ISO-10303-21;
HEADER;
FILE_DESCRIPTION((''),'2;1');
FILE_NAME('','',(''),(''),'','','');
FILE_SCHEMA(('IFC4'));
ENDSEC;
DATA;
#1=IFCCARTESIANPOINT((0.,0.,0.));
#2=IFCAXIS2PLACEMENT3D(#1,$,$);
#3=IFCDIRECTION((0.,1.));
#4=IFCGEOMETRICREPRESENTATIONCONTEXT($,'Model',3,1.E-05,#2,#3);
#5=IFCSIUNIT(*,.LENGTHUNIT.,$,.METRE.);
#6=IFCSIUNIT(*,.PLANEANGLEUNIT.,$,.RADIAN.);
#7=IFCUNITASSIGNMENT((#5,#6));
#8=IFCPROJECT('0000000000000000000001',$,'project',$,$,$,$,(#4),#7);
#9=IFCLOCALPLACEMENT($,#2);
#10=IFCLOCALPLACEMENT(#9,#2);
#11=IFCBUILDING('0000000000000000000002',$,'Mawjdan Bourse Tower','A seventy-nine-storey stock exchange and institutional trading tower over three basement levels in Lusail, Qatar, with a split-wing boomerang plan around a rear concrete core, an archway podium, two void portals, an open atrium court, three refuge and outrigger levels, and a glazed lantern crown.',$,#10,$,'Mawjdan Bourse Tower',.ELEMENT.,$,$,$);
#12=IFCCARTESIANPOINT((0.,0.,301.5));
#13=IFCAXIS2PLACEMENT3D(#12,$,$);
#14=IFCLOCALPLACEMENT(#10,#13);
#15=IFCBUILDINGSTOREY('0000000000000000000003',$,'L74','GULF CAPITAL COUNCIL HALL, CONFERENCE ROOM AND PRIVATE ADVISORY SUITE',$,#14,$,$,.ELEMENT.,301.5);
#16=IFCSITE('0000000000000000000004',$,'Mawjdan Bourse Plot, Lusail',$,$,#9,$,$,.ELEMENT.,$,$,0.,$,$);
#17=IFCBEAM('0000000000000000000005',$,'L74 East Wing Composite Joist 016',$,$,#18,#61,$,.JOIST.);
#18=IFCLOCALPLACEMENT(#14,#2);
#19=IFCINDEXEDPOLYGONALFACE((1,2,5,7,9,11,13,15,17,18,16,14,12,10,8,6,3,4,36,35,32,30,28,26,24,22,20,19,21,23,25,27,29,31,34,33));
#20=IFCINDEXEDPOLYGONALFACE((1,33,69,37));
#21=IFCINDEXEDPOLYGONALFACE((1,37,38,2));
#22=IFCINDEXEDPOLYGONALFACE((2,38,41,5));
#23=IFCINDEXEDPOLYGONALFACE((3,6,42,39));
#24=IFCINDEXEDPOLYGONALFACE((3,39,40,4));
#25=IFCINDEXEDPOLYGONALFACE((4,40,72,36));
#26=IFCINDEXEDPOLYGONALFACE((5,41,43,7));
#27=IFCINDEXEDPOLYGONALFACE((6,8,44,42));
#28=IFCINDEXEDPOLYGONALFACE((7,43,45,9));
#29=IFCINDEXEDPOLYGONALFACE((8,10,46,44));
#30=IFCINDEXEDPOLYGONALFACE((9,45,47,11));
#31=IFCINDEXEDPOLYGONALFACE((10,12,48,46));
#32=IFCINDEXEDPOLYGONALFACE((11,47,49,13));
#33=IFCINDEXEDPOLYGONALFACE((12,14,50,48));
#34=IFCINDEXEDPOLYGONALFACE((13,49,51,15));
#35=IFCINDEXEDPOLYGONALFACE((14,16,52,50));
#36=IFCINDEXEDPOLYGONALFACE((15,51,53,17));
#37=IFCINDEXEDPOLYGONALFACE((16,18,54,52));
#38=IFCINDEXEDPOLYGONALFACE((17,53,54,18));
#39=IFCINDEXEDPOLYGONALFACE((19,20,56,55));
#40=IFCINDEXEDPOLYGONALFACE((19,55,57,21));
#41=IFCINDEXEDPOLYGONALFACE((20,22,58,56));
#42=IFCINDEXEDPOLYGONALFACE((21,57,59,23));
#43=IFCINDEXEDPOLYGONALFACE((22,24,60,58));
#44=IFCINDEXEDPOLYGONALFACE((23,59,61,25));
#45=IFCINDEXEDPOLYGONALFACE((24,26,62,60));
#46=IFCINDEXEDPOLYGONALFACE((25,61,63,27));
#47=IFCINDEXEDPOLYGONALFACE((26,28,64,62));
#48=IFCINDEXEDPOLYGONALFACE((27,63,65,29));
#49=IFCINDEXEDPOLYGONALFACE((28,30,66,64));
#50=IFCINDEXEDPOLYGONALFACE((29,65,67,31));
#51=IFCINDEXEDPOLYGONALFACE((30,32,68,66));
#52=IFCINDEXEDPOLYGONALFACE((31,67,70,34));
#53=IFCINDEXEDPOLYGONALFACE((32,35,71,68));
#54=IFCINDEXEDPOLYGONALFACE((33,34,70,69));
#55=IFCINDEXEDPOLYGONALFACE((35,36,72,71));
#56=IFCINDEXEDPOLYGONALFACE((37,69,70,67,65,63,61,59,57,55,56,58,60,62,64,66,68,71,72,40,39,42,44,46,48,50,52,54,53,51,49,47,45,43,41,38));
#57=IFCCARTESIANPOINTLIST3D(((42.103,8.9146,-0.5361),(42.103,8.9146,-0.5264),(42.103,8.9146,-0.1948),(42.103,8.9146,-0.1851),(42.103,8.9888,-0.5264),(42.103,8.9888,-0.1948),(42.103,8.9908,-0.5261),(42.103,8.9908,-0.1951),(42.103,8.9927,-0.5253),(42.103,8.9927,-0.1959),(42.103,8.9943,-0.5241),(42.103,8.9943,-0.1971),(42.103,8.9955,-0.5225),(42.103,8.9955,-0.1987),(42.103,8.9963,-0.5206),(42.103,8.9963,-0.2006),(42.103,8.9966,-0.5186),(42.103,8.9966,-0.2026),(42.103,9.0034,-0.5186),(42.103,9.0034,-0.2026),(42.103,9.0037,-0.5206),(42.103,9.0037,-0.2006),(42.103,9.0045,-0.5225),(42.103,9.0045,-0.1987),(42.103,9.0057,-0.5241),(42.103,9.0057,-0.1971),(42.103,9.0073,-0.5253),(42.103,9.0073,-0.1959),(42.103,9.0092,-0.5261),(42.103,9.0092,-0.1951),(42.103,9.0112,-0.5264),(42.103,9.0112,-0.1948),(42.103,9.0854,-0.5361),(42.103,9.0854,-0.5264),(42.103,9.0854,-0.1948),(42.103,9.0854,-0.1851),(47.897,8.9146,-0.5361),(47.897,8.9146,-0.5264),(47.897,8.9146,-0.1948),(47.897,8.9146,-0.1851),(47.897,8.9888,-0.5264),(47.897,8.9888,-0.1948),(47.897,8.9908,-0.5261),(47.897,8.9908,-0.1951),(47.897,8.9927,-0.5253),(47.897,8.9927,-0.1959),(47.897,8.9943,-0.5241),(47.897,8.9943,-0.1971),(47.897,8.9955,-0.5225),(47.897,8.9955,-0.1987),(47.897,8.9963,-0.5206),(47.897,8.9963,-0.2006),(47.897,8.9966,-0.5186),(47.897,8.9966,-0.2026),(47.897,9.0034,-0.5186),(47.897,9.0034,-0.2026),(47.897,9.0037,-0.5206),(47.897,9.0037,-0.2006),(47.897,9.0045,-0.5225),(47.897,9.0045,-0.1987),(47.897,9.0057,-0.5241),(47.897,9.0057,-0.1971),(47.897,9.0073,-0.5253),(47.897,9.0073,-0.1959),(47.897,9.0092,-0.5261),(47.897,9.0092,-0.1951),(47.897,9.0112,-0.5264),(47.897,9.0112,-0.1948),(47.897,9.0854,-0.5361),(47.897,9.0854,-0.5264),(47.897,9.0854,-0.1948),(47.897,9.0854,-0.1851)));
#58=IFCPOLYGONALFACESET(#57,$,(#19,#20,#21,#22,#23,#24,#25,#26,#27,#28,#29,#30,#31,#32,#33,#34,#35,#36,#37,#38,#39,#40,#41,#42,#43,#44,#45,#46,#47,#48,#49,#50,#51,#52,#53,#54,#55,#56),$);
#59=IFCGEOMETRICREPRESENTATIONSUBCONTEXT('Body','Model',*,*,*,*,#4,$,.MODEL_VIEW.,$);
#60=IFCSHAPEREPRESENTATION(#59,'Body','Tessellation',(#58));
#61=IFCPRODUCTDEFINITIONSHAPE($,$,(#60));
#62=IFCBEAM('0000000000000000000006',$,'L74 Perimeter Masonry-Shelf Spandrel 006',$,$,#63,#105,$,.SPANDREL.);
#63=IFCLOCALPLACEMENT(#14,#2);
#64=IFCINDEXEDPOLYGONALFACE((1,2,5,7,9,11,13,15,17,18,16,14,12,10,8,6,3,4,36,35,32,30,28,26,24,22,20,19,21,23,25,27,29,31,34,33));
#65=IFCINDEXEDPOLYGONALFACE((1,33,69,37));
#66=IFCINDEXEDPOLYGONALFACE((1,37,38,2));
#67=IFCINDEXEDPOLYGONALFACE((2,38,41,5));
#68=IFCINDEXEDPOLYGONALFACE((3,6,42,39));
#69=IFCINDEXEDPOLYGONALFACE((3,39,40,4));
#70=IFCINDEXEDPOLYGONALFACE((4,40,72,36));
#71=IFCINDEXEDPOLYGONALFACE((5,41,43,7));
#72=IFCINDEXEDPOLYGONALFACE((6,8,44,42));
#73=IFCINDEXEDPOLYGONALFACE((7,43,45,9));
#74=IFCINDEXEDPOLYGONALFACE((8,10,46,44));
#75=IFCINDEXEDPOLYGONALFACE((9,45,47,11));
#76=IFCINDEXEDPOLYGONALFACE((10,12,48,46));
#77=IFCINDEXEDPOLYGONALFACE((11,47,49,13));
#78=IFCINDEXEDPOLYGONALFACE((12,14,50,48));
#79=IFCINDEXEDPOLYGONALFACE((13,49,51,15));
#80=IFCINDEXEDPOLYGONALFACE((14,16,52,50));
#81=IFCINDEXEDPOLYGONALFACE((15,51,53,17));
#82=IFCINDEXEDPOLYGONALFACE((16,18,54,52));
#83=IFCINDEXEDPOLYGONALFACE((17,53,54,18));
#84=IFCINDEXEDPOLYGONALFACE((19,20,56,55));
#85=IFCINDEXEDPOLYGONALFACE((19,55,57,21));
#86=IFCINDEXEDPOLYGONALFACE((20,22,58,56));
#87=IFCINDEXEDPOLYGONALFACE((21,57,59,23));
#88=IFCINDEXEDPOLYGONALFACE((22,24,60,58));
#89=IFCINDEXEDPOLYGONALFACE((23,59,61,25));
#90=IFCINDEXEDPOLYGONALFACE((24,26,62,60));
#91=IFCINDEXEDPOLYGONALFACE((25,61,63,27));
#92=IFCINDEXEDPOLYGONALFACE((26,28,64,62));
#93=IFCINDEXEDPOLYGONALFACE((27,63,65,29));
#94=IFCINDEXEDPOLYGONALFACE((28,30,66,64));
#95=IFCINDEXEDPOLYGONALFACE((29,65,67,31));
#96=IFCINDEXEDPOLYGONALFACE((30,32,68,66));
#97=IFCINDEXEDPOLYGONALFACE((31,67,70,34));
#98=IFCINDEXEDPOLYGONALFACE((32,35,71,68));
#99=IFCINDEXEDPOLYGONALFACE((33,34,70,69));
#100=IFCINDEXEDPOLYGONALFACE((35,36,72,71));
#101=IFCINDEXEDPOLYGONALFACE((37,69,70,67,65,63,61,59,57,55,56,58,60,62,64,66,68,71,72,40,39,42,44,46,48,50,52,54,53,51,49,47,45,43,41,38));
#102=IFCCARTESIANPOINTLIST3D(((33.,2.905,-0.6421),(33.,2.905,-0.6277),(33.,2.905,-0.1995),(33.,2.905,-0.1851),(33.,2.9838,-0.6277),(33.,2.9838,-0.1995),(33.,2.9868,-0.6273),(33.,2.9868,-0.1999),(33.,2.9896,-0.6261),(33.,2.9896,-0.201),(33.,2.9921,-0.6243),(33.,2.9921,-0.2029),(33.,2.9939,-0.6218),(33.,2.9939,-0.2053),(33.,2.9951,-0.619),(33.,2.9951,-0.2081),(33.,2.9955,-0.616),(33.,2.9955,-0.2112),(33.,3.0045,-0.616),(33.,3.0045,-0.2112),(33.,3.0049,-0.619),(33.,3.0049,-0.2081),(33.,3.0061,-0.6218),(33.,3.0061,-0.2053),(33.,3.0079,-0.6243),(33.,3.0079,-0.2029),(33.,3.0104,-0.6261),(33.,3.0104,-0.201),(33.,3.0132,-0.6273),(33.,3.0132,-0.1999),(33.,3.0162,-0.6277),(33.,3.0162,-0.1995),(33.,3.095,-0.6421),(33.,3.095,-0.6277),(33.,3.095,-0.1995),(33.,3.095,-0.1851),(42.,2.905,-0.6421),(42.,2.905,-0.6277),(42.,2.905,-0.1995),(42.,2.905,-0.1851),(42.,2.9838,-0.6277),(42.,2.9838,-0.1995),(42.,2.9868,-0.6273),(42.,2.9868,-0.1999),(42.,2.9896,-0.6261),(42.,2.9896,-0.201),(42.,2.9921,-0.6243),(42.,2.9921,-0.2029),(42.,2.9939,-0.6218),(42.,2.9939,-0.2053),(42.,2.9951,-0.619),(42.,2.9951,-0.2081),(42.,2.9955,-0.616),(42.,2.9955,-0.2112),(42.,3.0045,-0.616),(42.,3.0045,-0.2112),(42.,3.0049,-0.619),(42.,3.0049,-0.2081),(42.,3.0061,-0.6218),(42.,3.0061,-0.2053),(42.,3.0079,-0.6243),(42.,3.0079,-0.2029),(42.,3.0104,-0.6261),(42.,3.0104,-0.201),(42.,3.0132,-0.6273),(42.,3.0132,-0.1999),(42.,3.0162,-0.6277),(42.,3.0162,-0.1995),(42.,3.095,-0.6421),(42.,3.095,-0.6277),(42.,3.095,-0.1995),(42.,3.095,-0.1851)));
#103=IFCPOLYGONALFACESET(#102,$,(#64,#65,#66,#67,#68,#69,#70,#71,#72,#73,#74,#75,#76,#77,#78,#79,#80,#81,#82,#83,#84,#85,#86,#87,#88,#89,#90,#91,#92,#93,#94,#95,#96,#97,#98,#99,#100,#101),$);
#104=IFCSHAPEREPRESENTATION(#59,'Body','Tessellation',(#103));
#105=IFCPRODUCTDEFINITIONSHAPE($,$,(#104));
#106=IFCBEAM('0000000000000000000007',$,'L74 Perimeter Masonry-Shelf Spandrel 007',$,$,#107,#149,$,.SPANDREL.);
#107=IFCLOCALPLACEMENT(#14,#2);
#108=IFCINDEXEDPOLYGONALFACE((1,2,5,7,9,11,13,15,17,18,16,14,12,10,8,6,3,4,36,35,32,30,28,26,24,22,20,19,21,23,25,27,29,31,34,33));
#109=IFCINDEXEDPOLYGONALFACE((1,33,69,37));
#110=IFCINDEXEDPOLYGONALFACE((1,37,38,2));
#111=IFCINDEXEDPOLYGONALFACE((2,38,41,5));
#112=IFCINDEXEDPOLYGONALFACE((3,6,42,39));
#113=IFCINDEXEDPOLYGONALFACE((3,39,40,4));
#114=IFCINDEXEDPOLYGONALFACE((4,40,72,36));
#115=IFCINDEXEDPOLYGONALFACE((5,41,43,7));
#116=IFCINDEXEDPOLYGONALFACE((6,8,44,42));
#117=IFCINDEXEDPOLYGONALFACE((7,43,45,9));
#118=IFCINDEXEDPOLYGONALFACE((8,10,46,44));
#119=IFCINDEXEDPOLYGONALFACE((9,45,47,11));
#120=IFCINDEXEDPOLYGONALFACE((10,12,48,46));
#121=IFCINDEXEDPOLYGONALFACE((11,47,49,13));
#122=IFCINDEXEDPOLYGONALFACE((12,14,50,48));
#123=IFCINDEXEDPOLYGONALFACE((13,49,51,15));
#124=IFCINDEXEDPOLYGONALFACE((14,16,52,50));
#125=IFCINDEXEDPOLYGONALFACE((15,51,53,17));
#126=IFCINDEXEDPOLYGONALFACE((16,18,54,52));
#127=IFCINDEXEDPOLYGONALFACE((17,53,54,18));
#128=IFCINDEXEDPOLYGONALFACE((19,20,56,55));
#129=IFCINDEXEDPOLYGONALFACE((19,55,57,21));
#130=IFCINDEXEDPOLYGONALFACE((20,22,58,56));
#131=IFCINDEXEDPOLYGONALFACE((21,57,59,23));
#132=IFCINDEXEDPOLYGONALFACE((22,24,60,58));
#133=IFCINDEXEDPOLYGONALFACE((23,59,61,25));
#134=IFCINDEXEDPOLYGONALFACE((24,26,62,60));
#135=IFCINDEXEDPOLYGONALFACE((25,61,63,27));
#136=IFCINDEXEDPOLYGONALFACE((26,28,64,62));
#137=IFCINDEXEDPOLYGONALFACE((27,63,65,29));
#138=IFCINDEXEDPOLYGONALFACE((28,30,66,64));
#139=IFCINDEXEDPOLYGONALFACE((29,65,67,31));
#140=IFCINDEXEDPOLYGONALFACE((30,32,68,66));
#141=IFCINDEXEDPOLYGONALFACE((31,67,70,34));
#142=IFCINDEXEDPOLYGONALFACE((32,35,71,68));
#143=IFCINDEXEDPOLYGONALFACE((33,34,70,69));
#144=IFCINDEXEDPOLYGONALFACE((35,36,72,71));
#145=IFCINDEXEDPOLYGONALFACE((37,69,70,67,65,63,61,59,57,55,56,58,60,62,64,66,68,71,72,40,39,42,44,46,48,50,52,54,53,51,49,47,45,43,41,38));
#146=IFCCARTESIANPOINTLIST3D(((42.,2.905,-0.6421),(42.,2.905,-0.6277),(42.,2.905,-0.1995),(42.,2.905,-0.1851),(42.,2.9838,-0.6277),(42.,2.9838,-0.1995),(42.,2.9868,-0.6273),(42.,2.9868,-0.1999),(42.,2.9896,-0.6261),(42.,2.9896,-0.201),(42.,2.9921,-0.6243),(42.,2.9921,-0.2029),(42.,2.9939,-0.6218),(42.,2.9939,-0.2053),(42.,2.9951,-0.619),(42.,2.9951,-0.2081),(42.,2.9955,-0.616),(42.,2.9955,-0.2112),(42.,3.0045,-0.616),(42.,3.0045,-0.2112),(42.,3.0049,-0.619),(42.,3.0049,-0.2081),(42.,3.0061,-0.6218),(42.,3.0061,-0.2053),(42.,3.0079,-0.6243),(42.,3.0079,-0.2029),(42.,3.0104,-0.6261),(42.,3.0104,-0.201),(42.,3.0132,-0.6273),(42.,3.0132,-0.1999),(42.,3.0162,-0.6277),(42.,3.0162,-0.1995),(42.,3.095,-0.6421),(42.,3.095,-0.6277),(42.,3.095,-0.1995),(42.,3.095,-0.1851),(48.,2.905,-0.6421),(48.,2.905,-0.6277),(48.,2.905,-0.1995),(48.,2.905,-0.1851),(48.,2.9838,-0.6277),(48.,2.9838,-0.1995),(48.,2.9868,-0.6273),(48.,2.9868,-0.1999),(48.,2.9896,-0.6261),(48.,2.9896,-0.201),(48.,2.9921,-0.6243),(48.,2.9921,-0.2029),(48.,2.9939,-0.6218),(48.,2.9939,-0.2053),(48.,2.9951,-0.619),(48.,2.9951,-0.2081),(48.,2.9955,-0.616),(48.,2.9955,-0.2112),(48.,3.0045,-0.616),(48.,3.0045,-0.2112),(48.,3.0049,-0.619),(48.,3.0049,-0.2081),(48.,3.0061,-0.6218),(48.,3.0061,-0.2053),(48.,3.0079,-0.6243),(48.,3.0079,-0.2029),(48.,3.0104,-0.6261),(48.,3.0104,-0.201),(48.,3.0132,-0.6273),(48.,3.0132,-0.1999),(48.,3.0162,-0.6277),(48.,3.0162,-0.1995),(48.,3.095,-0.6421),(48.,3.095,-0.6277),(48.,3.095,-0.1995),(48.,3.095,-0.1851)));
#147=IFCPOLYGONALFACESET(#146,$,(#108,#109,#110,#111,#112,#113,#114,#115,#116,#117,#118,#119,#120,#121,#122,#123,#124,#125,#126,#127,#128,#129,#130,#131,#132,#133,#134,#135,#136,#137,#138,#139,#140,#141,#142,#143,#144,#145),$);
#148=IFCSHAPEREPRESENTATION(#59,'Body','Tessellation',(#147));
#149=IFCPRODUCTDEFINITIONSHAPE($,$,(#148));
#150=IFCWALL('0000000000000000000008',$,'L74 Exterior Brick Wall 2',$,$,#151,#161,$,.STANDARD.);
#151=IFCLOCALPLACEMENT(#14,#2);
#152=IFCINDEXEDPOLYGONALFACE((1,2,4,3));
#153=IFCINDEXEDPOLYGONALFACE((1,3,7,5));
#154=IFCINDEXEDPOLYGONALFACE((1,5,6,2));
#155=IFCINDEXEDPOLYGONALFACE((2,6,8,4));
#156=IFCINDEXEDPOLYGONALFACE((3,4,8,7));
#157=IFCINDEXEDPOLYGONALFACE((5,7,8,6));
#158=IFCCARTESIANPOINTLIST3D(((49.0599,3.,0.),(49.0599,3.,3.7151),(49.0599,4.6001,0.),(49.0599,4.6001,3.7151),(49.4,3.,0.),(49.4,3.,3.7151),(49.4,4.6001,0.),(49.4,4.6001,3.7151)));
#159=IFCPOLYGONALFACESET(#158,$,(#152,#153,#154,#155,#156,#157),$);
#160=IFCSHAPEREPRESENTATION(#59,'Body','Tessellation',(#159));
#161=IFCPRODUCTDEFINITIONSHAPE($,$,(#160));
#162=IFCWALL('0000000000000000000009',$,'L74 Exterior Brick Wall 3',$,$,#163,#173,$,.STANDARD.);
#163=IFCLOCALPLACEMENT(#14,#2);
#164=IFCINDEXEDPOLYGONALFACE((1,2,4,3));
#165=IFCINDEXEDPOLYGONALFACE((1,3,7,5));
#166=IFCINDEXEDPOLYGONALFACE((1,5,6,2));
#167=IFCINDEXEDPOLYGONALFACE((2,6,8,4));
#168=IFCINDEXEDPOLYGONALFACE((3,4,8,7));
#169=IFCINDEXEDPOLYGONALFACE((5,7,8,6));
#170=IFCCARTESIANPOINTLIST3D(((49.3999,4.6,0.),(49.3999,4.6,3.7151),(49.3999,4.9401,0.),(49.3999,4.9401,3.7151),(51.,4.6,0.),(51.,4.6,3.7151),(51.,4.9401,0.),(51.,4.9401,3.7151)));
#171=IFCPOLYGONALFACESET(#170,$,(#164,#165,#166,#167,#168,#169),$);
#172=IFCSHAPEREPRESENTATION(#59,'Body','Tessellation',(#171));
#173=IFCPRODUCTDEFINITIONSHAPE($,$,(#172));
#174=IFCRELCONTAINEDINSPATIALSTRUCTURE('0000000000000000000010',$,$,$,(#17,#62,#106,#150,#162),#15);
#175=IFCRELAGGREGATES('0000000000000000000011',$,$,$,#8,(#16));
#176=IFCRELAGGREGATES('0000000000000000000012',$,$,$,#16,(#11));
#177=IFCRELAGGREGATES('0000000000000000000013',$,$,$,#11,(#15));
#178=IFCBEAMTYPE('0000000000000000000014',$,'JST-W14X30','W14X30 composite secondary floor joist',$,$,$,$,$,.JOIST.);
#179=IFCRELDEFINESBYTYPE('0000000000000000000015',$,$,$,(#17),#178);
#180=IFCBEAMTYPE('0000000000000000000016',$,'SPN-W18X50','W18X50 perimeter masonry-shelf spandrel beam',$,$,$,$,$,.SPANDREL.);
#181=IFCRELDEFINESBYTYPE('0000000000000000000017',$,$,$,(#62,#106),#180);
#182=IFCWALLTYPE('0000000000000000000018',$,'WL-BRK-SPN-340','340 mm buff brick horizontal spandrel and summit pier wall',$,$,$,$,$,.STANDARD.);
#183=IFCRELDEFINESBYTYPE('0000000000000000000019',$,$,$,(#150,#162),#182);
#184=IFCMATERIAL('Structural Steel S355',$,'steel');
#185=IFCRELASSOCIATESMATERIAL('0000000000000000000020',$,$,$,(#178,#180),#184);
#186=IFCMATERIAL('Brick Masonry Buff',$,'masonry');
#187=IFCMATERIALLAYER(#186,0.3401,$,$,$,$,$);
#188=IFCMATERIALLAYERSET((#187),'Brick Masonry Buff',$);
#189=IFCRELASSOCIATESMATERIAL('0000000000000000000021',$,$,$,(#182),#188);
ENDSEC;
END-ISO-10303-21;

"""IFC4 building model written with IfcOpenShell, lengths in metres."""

from ifc_helpers import new_model, si_unit, direction, frame, frame_2d, origin, origin_2d, place, context, subcontext, project, spatial, rectangle, i_section, extrude, material, layer, layer_set, material_profile, profile_set, type_object, element, save


model = new_model("IFC4")

# Units and contexts
model_context = context("Model", 3, precision=1e-05, world=origin(), true_north=direction((0.0, 1.0)))
body_context = subcontext(model_context, "Body", "Model", "MODEL_VIEW")
ifc_project = project(units=[si_unit("LENGTHUNIT", "METRE"), si_unit("PLANEANGLEUNIT", "RADIAN")], contexts=[model_context])

# Site, building, storey
site_placement = place(None, origin())
site = spatial("IfcSite", under=ifc_project, at=site_placement, Name="Mawjdan Bourse Plot, Lusail", CompositionType="ELEMENT", RefElevation=0.0)
building_placement = place(site_placement, origin())
building = spatial("IfcBuilding", under=site, at=building_placement, Name="Mawjdan Bourse Tower", Description="A seventy-nine-storey stock exchange and institutional trading tower over three basement levels in Lusail, Qatar, with a split-wing boomerang plan around a rear concrete core, an archway podium, two void portals, an open atrium court, three refuge and outrigger levels, and a glazed lantern crown.", LongName="Mawjdan Bourse Tower", CompositionType="ELEMENT")
storey_placement = place(building_placement, frame((0.0, 0.0, 301.5)))
storey = spatial("IfcBuildingStorey", under=building, at=storey_placement, Name="L74", Description="GULF CAPITAL COUNCIL HALL, CONFERENCE ROOM AND PRIVATE ADVISORY SUITE", CompositionType="ELEMENT", Elevation=301.5)

# Shared definitions
ifc_material_1 = material(Name="Structural Steel S355", Category="steel")

# Beams
ifc_material_profile_1 = material_profile(ifc_material_1, i_section(OverallWidth=0.1709, OverallDepth=0.3511, WebThickness=0.0068, FlangeThickness=0.0098, FilletRadius=0.0078, at=origin_2d()), Name="W14X30")
ifc_profile_set_1 = profile_set([ifc_material_profile_1], Name="Structural Steel S355")
beam_type_1 = type_object("IfcBeamType", Name="JST-W14X30", Description="W14X30 composite secondary floor joist", PredefinedType="JOIST", material=ifc_profile_set_1)
beam_1_placement = place(storey_placement, frame((42.103, 9.0, -0.3606), z_axis=(1.0, 0.0, 0.0), x_axis=(0.0, 1.0, 0.0)))
element("IfcBeam", 1, at=beam_1_placement, inside=storey, type_object=beam_type_1, Name="L74 East Wing Composite Joist 016", PredefinedType="JOIST", context=body_context, shape_type="SweptSolid", body=[
    extrude(i_section(OverallWidth=0.1709, OverallDepth=0.3511, WebThickness=0.0068, FlangeThickness=0.0098, FilletRadius=0.0078, at=origin_2d()), origin(), (0.0, 0.0, 1.0), 5.7939),
])
ifc_material_profile_2 = material_profile(ifc_material_1, i_section(OverallWidth=0.1899, OverallDepth=0.457, WebThickness=0.009, FlangeThickness=0.0144, FilletRadius=0.0117, at=origin_2d()), Name="W18X50")
ifc_profile_set_2 = profile_set([ifc_material_profile_2], Name="Structural Steel S355")
beam_type_2 = type_object("IfcBeamType", Name="SPN-W18X50", Description="W18X50 perimeter masonry-shelf spandrel beam", PredefinedType="SPANDREL", material=ifc_profile_set_2)
beam_2_placement = place(storey_placement, frame((33.0, 3.0, -0.4136), z_axis=(1.0, 0.0, 0.0), x_axis=(0.0, 1.0, 0.0)))
element("IfcBeam", 2, at=beam_2_placement, inside=storey, type_object=beam_type_2, Name="L74 Perimeter Masonry-Shelf Spandrel 006", PredefinedType="SPANDREL", context=body_context, shape_type="SweptSolid", body=[
    extrude(i_section(OverallWidth=0.1899, OverallDepth=0.457, WebThickness=0.009, FlangeThickness=0.0144, FilletRadius=0.0117, at=origin_2d()), origin(), (0.0, 0.0, 1.0), 9.0),
])
beam_3_placement = place(storey_placement, frame((42.0, 3.0, -0.4136), z_axis=(1.0, 0.0, 0.0), x_axis=(0.0, 1.0, 0.0)))
element("IfcBeam", 3, at=beam_3_placement, inside=storey, type_object=beam_type_2, Name="L74 Perimeter Masonry-Shelf Spandrel 007", PredefinedType="SPANDREL", context=body_context, shape_type="SweptSolid", body=[
    extrude(i_section(OverallWidth=0.1899, OverallDepth=0.457, WebThickness=0.009, FlangeThickness=0.0144, FilletRadius=0.0117, at=origin_2d()), origin(), (0.0, 0.0, 1.0), 6.0),
])

# Walls
ifc_material_2 = material(Name="Brick Masonry Buff", Category="masonry")
ifc_layer_1 = layer(ifc_material_2, 0.3401)
ifc_layer_set_1 = layer_set([ifc_layer_1], Name="Brick Masonry Buff")
wall_type_1 = type_object("IfcWallType", Name="WL-BRK-SPN-340", Description="340 mm buff brick horizontal spandrel and summit pier wall", PredefinedType="STANDARD", material=ifc_layer_set_1)
for number, where, z_axis, x_axis, name in (
    (4, (49.23, 3.0, 0.0), (0.0, 0.0, 1.0), (0.0, 1.0, 0.0), "L74 Exterior Brick Wall 2"),
    (5, (49.3999, 4.77, 0.0), (0.0, 0.0, 1.0), (1.0, 0.0, 0.0), "L74 Exterior Brick Wall 3"),
):
    element("IfcWall", number, at=place(storey_placement, frame(where, z_axis=z_axis, x_axis=x_axis)), inside=storey, type_object=wall_type_1, Name=name, PredefinedType="STANDARD", context=body_context, shape_type="SweptSolid", body=[
        extrude(rectangle(XDim=1.6001, YDim=0.3401, at=frame_2d((0.8, 0.0))), origin(), (0.0, 0.0, 1.0), 3.7151),
    ])

save(model, "model.ifc")
